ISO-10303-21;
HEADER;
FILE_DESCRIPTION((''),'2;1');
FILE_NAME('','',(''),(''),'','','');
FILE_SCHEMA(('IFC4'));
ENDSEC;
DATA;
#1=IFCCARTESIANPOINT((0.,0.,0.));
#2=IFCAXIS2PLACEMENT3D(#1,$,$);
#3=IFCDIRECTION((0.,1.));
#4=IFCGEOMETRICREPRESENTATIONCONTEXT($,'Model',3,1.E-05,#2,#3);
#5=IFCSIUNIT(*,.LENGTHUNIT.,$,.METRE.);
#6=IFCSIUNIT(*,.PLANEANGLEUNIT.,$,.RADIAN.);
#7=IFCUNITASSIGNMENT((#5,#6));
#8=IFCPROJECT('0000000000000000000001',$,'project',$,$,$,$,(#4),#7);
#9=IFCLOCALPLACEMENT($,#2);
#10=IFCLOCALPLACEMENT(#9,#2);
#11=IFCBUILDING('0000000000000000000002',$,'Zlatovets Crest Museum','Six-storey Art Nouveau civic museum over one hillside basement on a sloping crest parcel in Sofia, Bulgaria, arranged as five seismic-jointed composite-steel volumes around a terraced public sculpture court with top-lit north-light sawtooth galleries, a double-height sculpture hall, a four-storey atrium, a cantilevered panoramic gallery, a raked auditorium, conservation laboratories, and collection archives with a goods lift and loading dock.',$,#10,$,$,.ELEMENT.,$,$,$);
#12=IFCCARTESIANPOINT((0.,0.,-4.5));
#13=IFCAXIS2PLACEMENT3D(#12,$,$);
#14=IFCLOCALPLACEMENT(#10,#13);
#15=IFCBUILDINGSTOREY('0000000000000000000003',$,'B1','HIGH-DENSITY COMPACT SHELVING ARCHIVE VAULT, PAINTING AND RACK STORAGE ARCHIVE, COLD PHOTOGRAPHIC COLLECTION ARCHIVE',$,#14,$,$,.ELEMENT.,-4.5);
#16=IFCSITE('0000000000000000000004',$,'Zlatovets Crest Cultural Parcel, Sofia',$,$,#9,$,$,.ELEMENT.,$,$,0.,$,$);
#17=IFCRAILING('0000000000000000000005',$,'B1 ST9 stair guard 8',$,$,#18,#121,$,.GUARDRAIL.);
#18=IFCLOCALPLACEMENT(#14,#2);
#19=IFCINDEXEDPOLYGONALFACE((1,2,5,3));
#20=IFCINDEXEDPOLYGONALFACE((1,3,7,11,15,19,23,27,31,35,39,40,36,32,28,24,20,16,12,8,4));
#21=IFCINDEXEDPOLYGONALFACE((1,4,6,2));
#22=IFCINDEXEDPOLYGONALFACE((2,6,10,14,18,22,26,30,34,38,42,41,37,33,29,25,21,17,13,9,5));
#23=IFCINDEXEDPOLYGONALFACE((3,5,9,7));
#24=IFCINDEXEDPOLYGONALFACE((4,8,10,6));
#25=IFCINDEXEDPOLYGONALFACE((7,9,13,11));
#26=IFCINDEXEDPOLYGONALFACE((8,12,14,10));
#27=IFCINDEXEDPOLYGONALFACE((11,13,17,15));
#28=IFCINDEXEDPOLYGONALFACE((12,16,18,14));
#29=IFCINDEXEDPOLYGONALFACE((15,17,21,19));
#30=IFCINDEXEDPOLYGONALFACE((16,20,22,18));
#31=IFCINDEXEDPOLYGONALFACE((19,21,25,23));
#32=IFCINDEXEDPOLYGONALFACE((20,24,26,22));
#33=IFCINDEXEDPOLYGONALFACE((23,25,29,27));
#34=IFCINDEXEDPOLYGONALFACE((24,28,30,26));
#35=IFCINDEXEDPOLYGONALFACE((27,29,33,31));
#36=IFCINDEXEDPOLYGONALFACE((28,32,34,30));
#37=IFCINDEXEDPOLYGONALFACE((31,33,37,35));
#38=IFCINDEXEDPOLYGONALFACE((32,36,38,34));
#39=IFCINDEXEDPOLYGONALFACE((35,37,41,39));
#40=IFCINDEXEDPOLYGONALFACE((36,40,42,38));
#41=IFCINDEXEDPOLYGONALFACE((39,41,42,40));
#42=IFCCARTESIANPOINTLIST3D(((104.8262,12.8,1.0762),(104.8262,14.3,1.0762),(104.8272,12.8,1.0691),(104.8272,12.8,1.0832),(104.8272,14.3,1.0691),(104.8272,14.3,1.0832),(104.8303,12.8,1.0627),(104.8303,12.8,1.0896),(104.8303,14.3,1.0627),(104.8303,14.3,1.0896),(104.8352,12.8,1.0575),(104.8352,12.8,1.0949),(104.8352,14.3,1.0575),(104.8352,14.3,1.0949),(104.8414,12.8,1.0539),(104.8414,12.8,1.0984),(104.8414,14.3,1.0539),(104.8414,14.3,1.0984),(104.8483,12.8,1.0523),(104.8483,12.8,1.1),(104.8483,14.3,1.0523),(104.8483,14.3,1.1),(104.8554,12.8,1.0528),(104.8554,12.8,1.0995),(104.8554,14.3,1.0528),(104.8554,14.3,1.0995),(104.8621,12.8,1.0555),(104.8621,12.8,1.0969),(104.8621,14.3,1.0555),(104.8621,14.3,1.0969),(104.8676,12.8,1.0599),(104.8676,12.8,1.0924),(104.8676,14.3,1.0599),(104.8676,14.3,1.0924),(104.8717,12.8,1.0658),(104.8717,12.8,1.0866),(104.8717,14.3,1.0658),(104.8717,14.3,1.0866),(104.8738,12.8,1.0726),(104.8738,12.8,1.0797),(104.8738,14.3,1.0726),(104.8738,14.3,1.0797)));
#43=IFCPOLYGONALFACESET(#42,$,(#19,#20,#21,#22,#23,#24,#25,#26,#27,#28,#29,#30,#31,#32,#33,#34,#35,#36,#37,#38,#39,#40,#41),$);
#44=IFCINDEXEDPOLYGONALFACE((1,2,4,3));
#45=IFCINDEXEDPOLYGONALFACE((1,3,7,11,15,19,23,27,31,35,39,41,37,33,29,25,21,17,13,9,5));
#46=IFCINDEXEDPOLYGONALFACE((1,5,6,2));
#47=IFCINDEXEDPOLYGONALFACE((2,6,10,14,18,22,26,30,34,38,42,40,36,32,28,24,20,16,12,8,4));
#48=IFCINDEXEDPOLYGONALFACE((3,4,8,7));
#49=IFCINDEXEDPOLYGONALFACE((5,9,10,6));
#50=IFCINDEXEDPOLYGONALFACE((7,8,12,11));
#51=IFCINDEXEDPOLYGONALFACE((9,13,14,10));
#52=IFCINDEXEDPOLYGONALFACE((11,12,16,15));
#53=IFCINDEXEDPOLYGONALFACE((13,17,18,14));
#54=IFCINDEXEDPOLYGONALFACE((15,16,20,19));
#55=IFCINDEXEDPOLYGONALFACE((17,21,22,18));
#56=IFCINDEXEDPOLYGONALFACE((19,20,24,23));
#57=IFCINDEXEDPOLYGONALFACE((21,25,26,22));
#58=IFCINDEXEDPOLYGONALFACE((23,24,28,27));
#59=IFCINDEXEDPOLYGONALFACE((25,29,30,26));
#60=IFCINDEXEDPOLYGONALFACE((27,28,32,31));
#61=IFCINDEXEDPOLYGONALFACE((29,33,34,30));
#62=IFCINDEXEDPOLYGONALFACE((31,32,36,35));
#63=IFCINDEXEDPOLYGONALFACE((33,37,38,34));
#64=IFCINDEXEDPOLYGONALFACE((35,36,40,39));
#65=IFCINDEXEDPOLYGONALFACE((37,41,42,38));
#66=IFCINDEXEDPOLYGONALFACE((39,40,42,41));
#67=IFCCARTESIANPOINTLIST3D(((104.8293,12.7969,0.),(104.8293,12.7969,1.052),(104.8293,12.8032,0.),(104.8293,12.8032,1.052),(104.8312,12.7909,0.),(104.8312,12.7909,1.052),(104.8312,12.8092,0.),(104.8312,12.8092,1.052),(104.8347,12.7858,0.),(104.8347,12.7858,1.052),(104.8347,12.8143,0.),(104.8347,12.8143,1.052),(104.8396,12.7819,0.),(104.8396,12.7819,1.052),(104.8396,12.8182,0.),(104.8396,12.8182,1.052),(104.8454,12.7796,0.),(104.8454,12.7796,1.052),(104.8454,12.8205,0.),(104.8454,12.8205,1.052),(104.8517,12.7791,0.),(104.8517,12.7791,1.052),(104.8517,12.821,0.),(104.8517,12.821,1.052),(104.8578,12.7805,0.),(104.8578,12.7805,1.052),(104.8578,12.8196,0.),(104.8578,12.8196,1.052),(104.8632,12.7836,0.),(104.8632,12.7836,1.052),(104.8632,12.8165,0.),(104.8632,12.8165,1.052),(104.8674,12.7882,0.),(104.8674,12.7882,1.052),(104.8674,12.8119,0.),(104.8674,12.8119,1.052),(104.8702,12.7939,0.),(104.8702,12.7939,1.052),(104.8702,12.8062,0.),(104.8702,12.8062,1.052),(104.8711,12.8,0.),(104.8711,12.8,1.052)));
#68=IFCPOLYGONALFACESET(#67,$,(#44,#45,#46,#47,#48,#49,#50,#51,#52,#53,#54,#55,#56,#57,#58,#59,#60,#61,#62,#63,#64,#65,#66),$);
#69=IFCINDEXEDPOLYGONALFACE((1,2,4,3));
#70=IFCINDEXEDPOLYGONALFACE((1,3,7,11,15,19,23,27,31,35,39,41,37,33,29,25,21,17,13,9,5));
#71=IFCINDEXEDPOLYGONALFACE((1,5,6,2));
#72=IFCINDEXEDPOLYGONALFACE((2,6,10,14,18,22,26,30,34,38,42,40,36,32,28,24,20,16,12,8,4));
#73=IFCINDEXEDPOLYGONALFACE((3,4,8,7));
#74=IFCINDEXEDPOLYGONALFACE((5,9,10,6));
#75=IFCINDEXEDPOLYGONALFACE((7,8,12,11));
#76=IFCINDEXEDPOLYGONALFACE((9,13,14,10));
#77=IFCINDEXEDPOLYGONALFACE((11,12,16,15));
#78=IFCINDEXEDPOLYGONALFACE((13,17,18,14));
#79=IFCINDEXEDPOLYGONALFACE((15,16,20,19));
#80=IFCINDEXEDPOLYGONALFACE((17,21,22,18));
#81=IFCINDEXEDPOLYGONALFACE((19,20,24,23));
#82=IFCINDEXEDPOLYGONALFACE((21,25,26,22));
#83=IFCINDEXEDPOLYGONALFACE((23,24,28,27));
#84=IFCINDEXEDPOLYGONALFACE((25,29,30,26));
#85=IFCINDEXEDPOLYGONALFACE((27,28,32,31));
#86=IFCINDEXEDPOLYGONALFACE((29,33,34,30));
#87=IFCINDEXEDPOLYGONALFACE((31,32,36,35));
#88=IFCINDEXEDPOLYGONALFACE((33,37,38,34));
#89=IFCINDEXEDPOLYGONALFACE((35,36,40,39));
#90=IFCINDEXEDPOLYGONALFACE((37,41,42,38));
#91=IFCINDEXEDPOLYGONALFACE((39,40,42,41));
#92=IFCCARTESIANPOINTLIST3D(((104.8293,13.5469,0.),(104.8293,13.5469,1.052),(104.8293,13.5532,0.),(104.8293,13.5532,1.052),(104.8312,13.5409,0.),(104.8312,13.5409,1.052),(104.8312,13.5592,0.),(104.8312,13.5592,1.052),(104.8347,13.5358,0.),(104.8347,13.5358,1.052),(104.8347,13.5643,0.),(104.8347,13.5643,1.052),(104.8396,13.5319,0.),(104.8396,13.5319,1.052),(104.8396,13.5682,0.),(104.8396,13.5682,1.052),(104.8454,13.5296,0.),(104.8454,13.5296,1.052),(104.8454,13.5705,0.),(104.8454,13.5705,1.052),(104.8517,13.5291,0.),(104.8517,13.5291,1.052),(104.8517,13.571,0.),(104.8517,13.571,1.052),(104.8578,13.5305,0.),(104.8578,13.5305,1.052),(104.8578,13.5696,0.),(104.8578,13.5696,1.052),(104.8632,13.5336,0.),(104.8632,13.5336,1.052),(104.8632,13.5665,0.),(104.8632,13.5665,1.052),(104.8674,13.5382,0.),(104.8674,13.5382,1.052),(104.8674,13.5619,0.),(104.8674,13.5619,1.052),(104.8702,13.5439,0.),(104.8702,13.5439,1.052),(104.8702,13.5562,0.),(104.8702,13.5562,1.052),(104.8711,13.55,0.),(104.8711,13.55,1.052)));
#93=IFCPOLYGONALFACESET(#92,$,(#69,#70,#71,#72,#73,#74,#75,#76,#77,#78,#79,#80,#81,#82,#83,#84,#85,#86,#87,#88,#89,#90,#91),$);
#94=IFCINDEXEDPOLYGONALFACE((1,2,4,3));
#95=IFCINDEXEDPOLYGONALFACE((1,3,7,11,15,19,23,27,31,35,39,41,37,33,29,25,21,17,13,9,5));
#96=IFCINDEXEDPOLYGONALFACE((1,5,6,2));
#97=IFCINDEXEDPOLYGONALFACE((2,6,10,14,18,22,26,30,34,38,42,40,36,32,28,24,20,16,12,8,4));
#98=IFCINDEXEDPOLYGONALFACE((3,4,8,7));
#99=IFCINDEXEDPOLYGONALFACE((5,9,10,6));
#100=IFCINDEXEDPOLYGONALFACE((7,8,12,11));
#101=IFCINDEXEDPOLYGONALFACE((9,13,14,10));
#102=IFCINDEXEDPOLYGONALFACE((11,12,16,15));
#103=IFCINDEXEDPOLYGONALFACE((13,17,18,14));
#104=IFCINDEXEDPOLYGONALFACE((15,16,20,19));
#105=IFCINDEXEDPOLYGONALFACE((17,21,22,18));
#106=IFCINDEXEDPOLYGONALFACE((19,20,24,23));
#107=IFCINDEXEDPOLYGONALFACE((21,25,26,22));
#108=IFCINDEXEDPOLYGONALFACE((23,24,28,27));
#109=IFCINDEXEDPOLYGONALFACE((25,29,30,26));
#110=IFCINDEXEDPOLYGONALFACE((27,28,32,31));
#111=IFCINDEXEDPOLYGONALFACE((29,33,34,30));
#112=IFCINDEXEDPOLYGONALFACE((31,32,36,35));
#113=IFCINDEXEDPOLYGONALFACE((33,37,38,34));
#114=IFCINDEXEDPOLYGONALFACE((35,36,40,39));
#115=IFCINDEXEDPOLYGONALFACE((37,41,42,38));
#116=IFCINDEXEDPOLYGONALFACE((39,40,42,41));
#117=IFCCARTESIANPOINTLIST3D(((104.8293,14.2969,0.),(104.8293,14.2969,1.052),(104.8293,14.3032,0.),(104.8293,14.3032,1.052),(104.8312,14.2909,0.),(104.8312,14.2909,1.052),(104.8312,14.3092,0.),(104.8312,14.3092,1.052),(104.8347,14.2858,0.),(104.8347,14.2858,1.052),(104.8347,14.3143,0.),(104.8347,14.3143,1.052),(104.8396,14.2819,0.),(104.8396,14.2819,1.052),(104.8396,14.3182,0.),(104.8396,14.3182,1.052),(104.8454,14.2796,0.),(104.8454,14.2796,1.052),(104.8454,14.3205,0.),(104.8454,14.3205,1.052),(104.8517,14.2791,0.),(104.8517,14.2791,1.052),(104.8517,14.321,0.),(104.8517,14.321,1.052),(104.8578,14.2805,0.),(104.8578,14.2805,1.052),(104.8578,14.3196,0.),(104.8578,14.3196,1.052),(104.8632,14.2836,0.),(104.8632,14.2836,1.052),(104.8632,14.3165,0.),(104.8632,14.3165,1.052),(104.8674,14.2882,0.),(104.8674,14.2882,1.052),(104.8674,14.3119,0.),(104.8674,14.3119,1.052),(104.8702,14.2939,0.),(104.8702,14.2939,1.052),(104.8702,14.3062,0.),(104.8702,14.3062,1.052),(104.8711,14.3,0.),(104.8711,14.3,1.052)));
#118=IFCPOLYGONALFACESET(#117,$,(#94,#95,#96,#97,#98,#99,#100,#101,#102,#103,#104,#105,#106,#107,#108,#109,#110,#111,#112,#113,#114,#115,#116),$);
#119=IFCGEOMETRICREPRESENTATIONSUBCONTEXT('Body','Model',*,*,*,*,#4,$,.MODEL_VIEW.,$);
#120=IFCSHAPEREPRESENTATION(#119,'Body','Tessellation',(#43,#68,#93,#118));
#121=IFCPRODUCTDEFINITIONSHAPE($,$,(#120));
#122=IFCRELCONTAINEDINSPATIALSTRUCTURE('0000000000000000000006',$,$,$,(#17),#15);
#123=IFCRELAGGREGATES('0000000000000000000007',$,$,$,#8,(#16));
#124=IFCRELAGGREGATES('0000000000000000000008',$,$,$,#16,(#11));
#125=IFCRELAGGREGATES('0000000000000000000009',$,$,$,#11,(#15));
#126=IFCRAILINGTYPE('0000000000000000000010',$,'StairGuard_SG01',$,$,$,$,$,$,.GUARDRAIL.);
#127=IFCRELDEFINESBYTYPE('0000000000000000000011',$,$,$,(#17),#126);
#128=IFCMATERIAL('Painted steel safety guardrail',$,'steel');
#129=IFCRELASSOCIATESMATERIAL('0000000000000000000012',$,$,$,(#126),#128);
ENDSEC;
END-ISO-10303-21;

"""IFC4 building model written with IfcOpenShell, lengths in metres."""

from ifc_helpers import new_model, si_unit, direction, frame, origin, origin_2d, place, context, subcontext, project, spatial, circle, extrude, material, type_object, element, save


model = new_model("IFC4")

# Units and contexts
model_context = context("Model", 3, precision=1e-05, world=origin(), true_north=direction((0.0, 1.0)))
body_context = subcontext(model_context, "Body", "Model", "MODEL_VIEW")
ifc_project = project(units=[si_unit("LENGTHUNIT", "METRE"), si_unit("PLANEANGLEUNIT", "RADIAN")], contexts=[model_context])

# Site, building, storey
site_placement = place(None, origin())
site = spatial("IfcSite", under=ifc_project, at=site_placement, Name="Zlatovets Crest Cultural Parcel, Sofia", CompositionType="ELEMENT", RefElevation=0.0)
building_placement = place(site_placement, origin())
building = spatial("IfcBuilding", under=site, at=building_placement, Name="Zlatovets Crest Museum", Description="Six-storey Art Nouveau civic museum over one hillside basement on a sloping crest parcel in Sofia, Bulgaria, arranged as five seismic-jointed composite-steel volumes around a terraced public sculpture court with top-lit north-light sawtooth galleries, a double-height sculpture hall, a four-storey atrium, a cantilevered panoramic gallery, a raked auditorium, conservation laboratories, and collection archives with a goods lift and loading dock.", CompositionType="ELEMENT")
storey_placement = place(building_placement, frame((0.0, 0.0, -4.5)))
storey = spatial("IfcBuildingStorey", under=building, at=storey_placement, Name="B1", Description="HIGH-DENSITY COMPACT SHELVING ARCHIVE VAULT, PAINTING AND RACK STORAGE ARCHIVE, COLD PHOTOGRAPHIC COLLECTION ARCHIVE", CompositionType="ELEMENT", Elevation=-4.5)

# Railing
ifc_material_1 = material(Name="Painted steel safety guardrail", Category="steel")
railing_type_1 = type_object("IfcRailingType", Name="StairGuard_SG01", PredefinedType="GUARDRAIL", material=ifc_material_1)
for number, where, name in (
    (1, (104.8501, 12.8, 0.0), "B1 ST9 stair guard 8"),
):
    element("IfcRailing", number, at=place(storey_placement, frame(where)), inside=storey, type_object=railing_type_1, Name=name, PredefinedType="GUARDRAIL", context=body_context, shape_type="SweptSolid", body=[
        extrude(circle(Radius=0.0239, at=origin_2d()), frame((0.0, 0.0, 1.0762), z_axis=(0.0, 1.0, 0.0), x_axis=(-1.0, 0.0, 0.0)), (0.0, 0.0, 1.0), 1.5),
        extrude(circle(Radius=0.021, at=origin_2d()), origin(), (0.0, 0.0, 1.0), 1.052),
        extrude(circle(Radius=0.021, at=origin_2d()), frame((0.0, 0.75, 0.0)), (0.0, 0.0, 1.0), 1.052),
        extrude(circle(Radius=0.021, at=origin_2d()), frame((0.0, 1.5, 0.0)), (0.0, 0.0, 1.0), 1.052),
    ])

save(model, "model.ifc")
